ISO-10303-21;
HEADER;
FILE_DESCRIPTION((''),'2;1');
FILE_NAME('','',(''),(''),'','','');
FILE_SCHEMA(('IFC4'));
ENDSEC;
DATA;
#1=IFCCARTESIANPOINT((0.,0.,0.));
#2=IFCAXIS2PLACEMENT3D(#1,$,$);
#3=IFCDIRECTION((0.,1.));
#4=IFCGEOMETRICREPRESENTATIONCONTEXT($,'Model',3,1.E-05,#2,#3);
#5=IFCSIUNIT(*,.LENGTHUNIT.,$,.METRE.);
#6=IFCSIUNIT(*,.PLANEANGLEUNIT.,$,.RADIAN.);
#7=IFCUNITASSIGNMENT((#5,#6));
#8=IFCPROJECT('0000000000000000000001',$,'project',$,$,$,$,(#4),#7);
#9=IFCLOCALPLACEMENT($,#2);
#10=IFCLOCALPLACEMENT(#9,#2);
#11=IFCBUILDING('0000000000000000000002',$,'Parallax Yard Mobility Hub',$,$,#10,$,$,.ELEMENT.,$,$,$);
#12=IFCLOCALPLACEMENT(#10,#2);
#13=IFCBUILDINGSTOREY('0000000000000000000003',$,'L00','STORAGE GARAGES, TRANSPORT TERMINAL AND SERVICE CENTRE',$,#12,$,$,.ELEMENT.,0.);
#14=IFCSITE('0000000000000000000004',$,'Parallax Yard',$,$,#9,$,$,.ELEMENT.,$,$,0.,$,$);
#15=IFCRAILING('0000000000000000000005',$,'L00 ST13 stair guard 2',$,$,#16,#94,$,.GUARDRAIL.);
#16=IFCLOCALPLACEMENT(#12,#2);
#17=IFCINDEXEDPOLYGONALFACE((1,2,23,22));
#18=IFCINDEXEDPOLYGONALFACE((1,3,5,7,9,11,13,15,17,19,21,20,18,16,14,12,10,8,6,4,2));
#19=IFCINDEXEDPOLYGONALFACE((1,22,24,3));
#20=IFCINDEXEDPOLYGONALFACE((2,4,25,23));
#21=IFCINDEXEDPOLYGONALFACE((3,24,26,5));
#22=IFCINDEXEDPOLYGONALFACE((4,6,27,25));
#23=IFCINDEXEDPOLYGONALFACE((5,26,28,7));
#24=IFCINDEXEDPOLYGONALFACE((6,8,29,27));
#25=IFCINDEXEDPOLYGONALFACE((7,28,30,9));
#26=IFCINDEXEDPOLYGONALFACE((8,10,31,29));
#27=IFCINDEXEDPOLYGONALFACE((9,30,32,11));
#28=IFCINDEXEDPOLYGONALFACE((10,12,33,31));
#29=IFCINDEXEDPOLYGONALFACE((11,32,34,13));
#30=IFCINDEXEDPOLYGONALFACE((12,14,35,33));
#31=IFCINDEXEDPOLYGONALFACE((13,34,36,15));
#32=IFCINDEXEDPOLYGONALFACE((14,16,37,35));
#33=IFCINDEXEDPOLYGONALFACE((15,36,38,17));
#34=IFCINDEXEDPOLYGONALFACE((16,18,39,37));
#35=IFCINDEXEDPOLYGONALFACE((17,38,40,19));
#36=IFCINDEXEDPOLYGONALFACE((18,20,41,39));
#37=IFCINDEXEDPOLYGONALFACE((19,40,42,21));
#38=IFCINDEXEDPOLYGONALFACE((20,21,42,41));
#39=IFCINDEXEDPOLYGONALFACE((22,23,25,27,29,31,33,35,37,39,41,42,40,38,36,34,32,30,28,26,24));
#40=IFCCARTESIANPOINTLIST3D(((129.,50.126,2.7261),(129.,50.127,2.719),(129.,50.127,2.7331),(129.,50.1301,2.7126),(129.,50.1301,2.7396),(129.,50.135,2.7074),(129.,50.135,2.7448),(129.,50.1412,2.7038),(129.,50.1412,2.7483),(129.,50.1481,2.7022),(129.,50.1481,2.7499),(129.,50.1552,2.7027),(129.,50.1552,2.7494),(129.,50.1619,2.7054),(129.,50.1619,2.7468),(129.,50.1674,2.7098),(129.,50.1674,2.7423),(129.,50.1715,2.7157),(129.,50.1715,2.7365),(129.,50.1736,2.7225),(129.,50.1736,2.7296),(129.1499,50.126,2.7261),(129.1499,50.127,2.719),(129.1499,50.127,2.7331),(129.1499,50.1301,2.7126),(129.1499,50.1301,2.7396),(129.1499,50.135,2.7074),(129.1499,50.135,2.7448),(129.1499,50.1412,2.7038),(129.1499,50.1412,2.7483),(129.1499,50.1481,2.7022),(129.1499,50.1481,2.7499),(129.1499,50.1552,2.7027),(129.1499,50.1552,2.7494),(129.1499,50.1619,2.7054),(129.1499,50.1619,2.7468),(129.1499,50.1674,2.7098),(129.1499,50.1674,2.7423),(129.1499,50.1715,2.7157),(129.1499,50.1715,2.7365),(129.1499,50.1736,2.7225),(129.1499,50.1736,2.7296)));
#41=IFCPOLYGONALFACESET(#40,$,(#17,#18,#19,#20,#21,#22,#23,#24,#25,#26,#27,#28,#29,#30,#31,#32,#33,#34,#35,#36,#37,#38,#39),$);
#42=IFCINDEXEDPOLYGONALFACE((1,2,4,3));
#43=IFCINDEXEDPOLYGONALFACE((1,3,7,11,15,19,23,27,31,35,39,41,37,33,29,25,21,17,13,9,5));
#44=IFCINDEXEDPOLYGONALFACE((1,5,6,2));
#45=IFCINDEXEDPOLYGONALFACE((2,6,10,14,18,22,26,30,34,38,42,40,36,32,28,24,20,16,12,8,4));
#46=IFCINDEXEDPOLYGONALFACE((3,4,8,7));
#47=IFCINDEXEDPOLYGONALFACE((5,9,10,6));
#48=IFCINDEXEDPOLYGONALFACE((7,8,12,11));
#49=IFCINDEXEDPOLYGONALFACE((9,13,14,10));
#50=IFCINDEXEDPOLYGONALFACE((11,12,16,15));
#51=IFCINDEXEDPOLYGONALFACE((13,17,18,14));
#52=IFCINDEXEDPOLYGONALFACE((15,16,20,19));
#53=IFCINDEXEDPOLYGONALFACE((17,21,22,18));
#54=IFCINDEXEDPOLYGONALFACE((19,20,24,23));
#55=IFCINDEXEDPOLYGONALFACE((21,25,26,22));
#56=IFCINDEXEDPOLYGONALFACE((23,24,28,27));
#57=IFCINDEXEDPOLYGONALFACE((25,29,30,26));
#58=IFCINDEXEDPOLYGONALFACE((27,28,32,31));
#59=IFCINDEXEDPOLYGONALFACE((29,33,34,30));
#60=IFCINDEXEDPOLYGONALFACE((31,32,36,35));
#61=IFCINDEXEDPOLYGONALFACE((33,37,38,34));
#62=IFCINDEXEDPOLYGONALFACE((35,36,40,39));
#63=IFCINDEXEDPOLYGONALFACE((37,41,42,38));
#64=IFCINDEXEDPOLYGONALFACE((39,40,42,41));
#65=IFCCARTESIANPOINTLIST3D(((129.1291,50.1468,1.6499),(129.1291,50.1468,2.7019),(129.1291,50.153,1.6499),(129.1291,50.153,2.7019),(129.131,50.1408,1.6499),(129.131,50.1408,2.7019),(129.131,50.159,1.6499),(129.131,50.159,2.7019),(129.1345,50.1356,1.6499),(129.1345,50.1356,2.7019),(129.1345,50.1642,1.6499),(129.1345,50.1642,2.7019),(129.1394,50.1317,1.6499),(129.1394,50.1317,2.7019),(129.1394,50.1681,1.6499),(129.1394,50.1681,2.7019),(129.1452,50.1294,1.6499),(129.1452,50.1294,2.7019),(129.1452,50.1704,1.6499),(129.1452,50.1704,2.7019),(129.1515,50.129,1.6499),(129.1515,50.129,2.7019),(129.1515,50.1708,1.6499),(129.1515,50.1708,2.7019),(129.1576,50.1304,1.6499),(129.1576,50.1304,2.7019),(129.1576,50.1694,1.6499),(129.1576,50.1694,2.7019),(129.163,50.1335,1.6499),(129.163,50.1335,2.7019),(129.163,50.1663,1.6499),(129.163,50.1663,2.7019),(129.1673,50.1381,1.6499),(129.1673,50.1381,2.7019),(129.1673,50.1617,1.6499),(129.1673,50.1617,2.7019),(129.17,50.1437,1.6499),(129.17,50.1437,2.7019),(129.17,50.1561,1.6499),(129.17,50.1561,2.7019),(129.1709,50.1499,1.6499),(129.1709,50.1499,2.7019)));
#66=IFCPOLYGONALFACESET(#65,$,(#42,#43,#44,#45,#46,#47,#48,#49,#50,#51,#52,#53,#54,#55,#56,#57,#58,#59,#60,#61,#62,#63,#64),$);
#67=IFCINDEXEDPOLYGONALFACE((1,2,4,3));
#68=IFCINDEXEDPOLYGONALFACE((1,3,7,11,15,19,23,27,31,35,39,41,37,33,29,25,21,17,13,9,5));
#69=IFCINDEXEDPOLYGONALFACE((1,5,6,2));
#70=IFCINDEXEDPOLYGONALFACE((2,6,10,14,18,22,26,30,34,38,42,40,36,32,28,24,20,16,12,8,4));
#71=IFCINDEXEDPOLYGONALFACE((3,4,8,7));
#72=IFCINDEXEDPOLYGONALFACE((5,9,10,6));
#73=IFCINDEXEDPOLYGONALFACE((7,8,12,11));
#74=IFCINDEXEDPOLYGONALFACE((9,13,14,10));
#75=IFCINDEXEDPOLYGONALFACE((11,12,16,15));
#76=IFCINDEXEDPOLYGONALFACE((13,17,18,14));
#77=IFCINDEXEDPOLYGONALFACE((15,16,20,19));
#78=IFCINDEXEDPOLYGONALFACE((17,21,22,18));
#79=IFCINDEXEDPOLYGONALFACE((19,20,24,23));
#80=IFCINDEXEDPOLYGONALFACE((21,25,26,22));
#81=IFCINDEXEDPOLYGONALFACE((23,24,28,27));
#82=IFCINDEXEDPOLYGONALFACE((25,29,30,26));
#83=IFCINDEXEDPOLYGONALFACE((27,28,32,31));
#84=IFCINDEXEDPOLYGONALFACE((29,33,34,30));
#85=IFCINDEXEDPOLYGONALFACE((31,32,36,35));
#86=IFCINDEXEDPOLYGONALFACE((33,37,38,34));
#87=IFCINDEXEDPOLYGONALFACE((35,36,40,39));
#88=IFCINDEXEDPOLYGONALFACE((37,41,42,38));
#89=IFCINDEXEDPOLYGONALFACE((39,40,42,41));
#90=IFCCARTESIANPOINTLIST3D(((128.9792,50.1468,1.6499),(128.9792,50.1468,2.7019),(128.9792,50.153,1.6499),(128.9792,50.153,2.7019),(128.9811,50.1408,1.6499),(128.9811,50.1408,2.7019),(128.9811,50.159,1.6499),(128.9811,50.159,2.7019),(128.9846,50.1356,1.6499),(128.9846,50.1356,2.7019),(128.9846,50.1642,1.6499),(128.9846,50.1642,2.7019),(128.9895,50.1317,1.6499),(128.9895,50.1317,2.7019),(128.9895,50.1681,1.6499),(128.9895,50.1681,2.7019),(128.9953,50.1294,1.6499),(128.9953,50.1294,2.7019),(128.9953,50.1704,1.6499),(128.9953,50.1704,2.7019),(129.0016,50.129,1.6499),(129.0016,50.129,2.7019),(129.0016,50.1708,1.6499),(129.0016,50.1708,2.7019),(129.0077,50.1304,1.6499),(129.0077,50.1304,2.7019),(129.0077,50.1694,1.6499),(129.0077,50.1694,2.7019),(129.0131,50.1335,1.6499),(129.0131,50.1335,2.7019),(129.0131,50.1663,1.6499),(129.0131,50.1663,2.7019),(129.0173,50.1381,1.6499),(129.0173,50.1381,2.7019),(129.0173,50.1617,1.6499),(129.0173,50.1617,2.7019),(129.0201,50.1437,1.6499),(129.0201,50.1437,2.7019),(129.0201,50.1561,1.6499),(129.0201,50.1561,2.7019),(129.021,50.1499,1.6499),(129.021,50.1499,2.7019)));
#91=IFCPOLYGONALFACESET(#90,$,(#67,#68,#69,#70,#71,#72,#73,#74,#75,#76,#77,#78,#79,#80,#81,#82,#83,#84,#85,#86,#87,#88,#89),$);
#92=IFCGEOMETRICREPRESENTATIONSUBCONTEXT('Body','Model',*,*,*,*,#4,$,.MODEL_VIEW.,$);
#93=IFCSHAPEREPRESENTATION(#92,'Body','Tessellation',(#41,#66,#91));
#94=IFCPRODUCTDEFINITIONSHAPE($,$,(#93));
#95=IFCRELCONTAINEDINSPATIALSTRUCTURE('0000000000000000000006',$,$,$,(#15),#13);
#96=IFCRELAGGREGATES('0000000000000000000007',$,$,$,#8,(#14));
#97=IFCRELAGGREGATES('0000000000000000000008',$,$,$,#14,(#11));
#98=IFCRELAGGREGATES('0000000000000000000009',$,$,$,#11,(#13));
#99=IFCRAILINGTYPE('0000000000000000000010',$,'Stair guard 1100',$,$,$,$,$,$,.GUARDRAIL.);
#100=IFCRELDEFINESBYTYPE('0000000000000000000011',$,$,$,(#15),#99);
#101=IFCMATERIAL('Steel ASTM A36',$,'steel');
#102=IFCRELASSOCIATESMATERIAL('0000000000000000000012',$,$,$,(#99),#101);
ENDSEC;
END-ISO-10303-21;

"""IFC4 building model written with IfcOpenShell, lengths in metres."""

from ifc_helpers import new_model, si_unit, direction, frame, origin, origin_2d, place, context, subcontext, project, spatial, circle, extrude, material, type_object, element, save


model = new_model("IFC4")

# Units and contexts
model_context = context("Model", 3, precision=1e-05, world=origin(), true_north=direction((0.0, 1.0)))
body_context = subcontext(model_context, "Body", "Model", "MODEL_VIEW")
ifc_project = project(units=[si_unit("LENGTHUNIT", "METRE"), si_unit("PLANEANGLEUNIT", "RADIAN")], contexts=[model_context])

# Site, building, storey
site_placement = place(None, origin())
site = spatial("IfcSite", under=ifc_project, at=site_placement, Name="Parallax Yard", CompositionType="ELEMENT", RefElevation=0.0)
building_placement = place(site_placement, origin())
building = spatial("IfcBuilding", under=site, at=building_placement, Name="Parallax Yard Mobility Hub", CompositionType="ELEMENT")
storey_placement = place(building_placement, origin())
storey = spatial("IfcBuildingStorey", under=building, at=storey_placement, Name="L00", Description="STORAGE GARAGES, TRANSPORT TERMINAL AND SERVICE CENTRE", CompositionType="ELEMENT", Elevation=0.0)

# Railing
ifc_material_1 = material(Name="Steel ASTM A36", Category="steel")
railing_type_1 = type_object("IfcRailingType", Name="Stair guard 1100", PredefinedType="GUARDRAIL", material=ifc_material_1)
railing_1_placement = place(storey_placement, frame((129.1499, 50.1499, 1.6499)))
element("IfcRailing", 1, at=railing_1_placement, inside=storey, type_object=railing_type_1, Name="L00 ST13 stair guard 2", PredefinedType="GUARDRAIL", context=body_context, shape_type="SweptSolid", body=[
    extrude(circle(Radius=0.0239, at=origin_2d()), frame((0.0, 0.0, 1.0762), z_axis=(-1.0, 0.0, 0.0), x_axis=(0.0, -1.0, 0.0)), (0.0, 0.0, 1.0), 0.1499),
    extrude(circle(Radius=0.021, at=origin_2d()), origin(), (0.0, 0.0, 1.0), 1.052),
    extrude(circle(Radius=0.021, at=origin_2d()), frame((-0.1499, 0.0, 0.0)), (0.0, 0.0, 1.0), 1.052),
])

save(model, "model.ifc")
